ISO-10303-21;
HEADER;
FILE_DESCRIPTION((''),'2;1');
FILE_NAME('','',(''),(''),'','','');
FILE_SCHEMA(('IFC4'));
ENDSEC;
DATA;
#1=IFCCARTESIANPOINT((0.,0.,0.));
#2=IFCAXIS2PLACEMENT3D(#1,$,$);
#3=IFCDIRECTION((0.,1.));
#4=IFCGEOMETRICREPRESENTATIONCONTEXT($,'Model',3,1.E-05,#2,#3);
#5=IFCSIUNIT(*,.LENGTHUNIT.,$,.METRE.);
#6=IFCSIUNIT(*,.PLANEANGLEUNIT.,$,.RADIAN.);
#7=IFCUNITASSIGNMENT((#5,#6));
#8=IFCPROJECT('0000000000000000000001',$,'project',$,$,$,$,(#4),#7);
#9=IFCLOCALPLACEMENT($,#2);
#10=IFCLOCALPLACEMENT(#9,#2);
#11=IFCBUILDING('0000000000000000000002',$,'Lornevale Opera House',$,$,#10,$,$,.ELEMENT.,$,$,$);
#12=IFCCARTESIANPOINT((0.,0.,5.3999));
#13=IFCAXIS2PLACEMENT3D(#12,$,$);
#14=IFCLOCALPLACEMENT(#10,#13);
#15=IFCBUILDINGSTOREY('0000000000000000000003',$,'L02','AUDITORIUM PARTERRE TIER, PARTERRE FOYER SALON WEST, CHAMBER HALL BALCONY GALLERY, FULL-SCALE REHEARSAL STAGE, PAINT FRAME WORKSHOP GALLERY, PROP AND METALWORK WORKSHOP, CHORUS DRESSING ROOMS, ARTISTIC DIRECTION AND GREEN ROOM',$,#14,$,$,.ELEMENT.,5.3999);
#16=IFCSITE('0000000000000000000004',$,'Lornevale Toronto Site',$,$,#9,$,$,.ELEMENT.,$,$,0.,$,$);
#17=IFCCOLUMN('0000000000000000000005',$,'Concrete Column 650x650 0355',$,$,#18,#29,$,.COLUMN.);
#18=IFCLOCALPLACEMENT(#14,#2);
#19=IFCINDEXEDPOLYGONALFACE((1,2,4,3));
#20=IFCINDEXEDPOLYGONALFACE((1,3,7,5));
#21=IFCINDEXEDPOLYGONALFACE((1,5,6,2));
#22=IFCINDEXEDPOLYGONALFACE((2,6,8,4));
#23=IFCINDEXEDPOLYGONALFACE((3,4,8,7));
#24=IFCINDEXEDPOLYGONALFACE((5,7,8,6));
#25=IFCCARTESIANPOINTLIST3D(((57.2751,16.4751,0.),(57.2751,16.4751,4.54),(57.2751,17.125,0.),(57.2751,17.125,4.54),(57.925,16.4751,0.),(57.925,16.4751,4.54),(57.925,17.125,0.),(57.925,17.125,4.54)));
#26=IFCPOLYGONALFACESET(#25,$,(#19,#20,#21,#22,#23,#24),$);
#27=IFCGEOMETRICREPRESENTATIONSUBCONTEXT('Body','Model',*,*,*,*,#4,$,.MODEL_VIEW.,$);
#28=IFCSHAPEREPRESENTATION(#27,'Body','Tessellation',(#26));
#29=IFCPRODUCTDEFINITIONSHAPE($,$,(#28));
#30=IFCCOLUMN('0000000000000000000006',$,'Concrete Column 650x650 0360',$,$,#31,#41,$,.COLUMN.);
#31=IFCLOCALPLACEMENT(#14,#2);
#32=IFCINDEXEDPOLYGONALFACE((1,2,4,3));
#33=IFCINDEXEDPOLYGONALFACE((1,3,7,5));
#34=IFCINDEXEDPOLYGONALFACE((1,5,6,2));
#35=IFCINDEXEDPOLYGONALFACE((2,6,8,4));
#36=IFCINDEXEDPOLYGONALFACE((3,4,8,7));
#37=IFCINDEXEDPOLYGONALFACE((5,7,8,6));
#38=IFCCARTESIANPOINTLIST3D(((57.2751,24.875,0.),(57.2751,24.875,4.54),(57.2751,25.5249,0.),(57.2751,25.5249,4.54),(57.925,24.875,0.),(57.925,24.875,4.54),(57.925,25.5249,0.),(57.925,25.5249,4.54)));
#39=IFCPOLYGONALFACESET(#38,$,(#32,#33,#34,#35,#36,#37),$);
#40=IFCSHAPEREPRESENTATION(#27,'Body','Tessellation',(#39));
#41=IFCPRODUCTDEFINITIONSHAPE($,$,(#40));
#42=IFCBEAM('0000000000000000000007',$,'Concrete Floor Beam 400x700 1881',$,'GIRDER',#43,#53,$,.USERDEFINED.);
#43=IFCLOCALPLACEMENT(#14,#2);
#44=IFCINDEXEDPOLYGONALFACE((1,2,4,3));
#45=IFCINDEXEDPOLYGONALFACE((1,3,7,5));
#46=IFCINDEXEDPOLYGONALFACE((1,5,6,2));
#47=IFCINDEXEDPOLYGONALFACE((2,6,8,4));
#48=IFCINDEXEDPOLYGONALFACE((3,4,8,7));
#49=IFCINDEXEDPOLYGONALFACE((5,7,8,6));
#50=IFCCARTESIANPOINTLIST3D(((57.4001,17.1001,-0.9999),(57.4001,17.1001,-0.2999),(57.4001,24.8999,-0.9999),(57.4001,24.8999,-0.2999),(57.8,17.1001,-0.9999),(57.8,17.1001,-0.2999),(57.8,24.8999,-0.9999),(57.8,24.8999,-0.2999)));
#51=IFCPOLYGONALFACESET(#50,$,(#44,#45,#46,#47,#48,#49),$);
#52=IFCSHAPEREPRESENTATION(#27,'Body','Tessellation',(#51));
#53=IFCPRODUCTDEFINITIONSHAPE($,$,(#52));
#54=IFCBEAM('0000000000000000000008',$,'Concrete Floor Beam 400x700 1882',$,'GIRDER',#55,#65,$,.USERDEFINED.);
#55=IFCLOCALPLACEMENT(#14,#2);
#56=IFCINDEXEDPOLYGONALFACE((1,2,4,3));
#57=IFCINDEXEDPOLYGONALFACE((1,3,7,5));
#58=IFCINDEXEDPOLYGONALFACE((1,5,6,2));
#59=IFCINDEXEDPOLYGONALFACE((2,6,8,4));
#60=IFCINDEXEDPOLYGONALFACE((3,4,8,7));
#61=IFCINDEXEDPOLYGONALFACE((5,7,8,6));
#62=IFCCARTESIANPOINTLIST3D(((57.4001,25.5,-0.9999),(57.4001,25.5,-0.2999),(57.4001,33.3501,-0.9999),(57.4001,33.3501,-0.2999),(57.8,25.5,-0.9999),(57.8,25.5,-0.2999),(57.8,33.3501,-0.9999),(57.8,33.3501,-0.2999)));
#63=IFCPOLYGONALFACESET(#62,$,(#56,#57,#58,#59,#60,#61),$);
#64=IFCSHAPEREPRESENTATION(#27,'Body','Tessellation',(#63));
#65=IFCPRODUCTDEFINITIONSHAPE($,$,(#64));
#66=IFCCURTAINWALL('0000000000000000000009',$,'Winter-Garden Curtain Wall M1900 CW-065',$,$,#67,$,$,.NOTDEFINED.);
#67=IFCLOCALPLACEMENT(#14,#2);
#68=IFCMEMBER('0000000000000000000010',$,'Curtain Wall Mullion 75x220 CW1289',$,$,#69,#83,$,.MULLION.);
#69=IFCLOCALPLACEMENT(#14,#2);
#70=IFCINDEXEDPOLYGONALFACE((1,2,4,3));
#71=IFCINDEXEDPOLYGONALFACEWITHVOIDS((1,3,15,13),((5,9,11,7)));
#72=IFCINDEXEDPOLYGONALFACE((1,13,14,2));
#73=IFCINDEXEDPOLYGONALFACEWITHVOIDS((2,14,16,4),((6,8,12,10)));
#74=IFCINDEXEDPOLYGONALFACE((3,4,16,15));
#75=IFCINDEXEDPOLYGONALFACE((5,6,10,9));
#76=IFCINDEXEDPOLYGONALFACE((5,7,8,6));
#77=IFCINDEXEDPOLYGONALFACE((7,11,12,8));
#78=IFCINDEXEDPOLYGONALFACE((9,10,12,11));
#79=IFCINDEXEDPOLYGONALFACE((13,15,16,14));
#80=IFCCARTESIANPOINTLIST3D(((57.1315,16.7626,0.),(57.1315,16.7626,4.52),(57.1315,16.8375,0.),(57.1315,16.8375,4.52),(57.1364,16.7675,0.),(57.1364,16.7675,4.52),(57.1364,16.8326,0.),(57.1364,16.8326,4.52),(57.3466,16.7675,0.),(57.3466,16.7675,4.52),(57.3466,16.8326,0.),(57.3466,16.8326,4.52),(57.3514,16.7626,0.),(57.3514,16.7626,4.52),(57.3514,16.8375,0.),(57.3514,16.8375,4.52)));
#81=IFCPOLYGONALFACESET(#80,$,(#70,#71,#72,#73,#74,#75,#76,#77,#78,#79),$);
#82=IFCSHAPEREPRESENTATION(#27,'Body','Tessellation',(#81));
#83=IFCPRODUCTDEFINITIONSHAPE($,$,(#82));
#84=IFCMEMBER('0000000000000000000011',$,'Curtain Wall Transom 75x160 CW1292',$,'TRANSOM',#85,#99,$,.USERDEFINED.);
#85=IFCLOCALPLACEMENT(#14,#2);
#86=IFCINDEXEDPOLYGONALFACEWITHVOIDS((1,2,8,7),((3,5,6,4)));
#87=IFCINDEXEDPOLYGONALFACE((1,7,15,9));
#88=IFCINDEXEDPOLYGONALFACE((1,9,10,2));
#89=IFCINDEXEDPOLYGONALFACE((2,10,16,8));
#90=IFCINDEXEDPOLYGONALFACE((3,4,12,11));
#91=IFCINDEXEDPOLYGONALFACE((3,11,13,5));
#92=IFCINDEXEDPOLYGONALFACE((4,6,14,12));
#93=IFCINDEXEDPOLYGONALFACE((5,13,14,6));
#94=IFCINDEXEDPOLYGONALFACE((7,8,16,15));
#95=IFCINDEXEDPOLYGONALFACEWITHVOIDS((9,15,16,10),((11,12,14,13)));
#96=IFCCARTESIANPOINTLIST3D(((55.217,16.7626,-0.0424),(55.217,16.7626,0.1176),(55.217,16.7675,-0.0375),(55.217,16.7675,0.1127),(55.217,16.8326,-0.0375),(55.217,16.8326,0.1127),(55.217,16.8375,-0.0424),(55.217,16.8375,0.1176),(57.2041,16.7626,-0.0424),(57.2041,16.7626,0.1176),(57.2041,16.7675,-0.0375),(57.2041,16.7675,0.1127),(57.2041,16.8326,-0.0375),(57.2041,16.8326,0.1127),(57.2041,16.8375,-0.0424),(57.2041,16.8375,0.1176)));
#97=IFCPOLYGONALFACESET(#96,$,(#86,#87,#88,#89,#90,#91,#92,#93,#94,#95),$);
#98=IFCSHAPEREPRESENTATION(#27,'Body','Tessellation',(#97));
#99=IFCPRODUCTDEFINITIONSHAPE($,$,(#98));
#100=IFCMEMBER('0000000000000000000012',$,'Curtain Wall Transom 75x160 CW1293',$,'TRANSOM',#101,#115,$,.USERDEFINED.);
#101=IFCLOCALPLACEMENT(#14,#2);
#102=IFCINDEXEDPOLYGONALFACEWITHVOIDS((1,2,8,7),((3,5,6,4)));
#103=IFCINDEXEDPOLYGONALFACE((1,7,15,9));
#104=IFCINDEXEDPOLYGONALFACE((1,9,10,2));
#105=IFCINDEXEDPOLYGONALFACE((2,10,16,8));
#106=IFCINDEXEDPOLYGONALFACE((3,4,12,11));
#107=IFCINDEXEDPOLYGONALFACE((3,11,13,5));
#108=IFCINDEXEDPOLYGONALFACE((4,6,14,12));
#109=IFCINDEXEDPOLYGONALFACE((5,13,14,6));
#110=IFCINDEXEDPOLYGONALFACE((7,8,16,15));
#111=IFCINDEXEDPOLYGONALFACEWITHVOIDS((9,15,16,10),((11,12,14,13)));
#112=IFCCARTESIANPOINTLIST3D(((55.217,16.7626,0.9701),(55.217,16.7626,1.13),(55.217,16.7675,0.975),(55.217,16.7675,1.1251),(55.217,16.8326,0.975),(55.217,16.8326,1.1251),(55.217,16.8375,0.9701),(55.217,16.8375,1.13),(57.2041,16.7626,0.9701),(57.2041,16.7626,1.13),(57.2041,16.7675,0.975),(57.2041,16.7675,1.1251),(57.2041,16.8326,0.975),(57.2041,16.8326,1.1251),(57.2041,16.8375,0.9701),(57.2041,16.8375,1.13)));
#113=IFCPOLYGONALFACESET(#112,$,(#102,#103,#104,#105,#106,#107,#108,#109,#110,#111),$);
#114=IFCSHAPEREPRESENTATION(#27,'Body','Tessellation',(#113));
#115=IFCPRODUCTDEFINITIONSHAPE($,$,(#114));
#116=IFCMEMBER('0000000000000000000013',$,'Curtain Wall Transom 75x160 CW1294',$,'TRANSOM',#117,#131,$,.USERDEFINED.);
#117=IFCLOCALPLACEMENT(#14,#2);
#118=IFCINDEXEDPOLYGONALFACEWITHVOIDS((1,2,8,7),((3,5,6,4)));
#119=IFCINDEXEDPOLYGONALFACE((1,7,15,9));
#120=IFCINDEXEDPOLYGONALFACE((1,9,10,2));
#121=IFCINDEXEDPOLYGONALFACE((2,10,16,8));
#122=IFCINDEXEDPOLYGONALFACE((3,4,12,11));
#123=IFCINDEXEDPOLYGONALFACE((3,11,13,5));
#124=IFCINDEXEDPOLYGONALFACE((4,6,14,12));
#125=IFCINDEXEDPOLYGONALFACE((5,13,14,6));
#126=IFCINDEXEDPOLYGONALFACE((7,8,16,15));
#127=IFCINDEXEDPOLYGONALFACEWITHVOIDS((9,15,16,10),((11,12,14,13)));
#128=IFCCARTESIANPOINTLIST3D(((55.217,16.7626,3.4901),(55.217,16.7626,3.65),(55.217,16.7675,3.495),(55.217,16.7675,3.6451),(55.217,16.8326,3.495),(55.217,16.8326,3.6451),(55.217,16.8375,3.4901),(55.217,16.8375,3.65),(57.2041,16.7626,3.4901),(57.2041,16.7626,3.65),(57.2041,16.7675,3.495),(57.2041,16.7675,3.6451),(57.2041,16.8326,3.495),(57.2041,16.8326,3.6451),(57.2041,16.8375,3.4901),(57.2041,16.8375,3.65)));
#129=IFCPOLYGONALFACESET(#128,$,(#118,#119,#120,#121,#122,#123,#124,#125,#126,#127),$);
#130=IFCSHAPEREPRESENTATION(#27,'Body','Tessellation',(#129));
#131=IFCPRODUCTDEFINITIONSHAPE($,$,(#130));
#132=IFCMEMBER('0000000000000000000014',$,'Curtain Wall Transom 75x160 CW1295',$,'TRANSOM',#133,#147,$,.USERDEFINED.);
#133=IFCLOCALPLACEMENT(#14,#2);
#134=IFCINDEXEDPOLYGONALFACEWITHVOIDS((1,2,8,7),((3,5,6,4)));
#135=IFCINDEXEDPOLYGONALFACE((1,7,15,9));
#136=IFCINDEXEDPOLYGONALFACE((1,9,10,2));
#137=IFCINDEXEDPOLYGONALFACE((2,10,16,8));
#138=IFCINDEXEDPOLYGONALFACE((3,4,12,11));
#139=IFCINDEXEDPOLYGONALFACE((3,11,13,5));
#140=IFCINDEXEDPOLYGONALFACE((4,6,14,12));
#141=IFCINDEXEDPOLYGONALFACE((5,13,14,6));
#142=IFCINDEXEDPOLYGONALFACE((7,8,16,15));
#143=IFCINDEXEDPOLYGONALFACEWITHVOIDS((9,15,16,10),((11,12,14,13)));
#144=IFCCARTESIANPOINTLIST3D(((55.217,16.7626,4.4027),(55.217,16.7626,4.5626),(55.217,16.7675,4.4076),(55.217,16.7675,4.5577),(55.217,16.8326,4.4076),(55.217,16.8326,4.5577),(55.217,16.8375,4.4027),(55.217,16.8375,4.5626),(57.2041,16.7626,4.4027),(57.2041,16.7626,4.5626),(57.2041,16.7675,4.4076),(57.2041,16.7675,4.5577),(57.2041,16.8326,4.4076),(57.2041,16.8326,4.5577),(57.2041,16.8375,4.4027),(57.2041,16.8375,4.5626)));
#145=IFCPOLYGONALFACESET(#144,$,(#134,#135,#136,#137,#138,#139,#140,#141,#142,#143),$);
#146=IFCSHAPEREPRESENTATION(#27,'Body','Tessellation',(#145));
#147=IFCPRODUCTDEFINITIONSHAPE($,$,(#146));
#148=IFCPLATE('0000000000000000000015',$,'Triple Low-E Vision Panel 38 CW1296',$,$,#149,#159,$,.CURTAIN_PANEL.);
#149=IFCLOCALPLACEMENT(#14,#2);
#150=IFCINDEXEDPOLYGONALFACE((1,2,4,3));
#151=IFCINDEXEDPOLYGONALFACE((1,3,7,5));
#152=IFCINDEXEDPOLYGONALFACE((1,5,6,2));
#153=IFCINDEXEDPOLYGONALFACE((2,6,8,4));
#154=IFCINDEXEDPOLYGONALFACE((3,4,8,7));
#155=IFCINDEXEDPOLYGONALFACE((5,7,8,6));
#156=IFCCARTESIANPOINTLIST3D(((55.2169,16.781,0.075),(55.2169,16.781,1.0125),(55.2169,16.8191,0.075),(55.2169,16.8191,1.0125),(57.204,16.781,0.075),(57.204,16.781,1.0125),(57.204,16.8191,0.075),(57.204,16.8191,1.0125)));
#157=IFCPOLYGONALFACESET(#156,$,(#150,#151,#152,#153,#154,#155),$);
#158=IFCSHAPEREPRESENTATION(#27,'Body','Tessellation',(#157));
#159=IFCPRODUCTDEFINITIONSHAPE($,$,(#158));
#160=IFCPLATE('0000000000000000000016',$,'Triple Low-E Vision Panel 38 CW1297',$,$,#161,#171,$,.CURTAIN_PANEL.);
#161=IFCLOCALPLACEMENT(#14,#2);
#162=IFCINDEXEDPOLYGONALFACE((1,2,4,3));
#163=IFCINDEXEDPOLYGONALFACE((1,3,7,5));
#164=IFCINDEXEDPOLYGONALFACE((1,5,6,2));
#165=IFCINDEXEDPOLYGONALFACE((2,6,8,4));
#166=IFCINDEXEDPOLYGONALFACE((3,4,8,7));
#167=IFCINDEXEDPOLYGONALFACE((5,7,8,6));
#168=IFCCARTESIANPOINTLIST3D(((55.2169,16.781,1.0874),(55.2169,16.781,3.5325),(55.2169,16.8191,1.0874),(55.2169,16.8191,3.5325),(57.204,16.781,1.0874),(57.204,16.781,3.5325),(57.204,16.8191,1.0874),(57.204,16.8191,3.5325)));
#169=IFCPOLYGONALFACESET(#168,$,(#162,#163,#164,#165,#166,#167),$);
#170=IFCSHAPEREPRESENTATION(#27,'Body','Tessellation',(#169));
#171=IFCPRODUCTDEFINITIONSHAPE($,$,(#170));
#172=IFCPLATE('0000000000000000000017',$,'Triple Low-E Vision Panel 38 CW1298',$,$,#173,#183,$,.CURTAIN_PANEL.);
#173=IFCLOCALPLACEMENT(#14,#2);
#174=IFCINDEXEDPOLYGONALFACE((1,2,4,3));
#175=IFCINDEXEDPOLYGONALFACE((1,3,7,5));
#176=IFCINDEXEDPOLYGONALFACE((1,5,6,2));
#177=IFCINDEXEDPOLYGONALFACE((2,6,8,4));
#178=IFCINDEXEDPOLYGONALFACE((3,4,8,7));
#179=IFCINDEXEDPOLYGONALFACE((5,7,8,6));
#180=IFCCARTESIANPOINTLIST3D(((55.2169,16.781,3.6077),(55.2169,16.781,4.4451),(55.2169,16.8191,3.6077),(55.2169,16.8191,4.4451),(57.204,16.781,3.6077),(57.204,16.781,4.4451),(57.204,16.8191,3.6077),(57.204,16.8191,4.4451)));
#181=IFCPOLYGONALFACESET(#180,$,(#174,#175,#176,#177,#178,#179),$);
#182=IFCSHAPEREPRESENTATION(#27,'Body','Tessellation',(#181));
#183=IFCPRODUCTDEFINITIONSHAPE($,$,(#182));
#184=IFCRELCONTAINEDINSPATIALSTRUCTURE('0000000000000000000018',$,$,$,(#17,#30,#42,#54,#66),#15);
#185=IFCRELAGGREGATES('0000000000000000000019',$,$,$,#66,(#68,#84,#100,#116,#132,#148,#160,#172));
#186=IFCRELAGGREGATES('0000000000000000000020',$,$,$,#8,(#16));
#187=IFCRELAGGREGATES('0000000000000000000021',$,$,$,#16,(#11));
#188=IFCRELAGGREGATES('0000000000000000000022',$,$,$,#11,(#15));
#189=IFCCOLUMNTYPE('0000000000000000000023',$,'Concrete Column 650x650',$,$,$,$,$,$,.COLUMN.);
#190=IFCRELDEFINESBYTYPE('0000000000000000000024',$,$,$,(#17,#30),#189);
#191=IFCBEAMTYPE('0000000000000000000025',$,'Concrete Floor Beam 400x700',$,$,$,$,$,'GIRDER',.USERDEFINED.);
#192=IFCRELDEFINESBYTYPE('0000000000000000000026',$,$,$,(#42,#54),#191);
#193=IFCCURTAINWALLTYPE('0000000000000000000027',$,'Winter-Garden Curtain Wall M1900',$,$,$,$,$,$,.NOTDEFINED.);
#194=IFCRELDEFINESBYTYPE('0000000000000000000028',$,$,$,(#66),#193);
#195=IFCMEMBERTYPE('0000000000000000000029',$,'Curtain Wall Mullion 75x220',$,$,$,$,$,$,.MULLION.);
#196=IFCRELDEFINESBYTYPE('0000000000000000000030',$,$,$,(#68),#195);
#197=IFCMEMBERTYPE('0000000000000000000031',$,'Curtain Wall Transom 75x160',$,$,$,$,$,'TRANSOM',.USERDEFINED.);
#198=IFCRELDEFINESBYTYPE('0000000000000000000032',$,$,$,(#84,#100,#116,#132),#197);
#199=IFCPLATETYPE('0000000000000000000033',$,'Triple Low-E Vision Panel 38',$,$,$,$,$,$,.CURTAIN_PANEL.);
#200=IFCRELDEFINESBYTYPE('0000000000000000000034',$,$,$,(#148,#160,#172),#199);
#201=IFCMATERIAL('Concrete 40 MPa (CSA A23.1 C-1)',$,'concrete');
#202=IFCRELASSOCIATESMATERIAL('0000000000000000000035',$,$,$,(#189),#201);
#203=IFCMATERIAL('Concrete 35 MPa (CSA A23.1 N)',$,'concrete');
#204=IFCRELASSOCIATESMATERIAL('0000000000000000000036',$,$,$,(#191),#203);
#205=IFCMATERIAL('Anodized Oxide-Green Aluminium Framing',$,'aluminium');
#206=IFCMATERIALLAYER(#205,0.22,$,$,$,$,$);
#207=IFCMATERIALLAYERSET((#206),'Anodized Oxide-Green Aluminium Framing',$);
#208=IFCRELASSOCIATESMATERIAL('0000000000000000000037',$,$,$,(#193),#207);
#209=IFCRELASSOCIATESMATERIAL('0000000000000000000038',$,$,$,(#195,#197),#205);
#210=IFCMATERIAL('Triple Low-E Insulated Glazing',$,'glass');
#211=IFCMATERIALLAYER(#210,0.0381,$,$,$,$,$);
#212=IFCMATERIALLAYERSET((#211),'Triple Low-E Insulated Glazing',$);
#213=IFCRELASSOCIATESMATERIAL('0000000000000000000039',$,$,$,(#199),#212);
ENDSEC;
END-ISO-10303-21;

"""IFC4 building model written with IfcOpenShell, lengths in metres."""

from ifc_helpers import new_model, si_unit, direction, frame, origin, origin_2d, place, context, subcontext, project, spatial, rectangle, hollow_rectangle, extrude, material, layer, layer_set, material_profile, profile_set, type_object, element, aggregate, save


model = new_model("IFC4")

# Units and contexts
model_context = context("Model", 3, precision=1e-05, world=origin(), true_north=direction((0.0, 1.0)))
body_context = subcontext(model_context, "Body", "Model", "MODEL_VIEW")
ifc_project = project(units=[si_unit("LENGTHUNIT", "METRE"), si_unit("PLANEANGLEUNIT", "RADIAN")], contexts=[model_context])

# Site, building, storey
site_placement = place(None, origin())
site = spatial("IfcSite", under=ifc_project, at=site_placement, Name="Lornevale Toronto Site", CompositionType="ELEMENT", RefElevation=0.0)
building_placement = place(site_placement, origin())
building = spatial("IfcBuilding", under=site, at=building_placement, Name="Lornevale Opera House", CompositionType="ELEMENT")
storey_placement = place(building_placement, frame((0.0, 0.0, 5.3999)))
storey = spatial("IfcBuildingStorey", under=building, at=storey_placement, Name="L02", Description="AUDITORIUM PARTERRE TIER, PARTERRE FOYER SALON WEST, CHAMBER HALL BALCONY GALLERY, FULL-SCALE REHEARSAL STAGE, PAINT FRAME WORKSHOP GALLERY, PROP AND METALWORK WORKSHOP, CHORUS DRESSING ROOMS, ARTISTIC DIRECTION AND GREEN ROOM", CompositionType="ELEMENT", Elevation=5.3999)

# Columns
ifc_material_1 = material(Name="Concrete 40 MPa (CSA A23.1 C-1)", Category="concrete")
ifc_material_profile_1 = material_profile(ifc_material_1, rectangle(XDim=0.6499, YDim=0.6499, at=origin_2d()), Name="RC650x650")
ifc_profile_set_1 = profile_set([ifc_material_profile_1], Name="Concrete 40 MPa (CSA A23.1 C-1)")
column_type = type_object("IfcColumnType", Name="Concrete Column 650x650", PredefinedType="COLUMN", material=ifc_profile_set_1)
for number, where, z_axis, x_axis, name in (
    (1, (57.6001, 16.8, 0.0), (0.0, 0.0, 1.0), (1.0, 0.0, 0.0), "Concrete Column 650x650 0355"),
    (2, (57.6001, 25.2, 0.0), (0.0, 0.0, 1.0), (1.0, 0.0, 0.0), "Concrete Column 650x650 0360"),
):
    element("IfcColumn", number, at=place(storey_placement, frame(where, z_axis=z_axis, x_axis=x_axis)), inside=storey, type_object=column_type, Name=name, PredefinedType="COLUMN", context=body_context, shape_type="SweptSolid", body=[
        extrude(rectangle(XDim=0.6499, YDim=0.6499, at=origin_2d()), origin(), (0.0, 0.0, 1.0), 4.54),
    ])

# Beams
ifc_material_2 = material(Name="Concrete 35 MPa (CSA A23.1 N)", Category="concrete")
ifc_material_profile_2 = material_profile(ifc_material_2, rectangle(XDim=0.3999, YDim=0.7, at=origin_2d()), Name="RC400x700")
ifc_profile_set_2 = profile_set([ifc_material_profile_2], Name="Concrete 35 MPa (CSA A23.1 N)")
beam_type = type_object("IfcBeamType", Name="Concrete Floor Beam 400x700", ElementType="GIRDER", PredefinedType="USERDEFINED", material=ifc_profile_set_2)
beam_1_placement = place(storey_placement, frame((57.6001, 17.1001, -0.6499), z_axis=(0.0, 1.0, 0.0), x_axis=(-1.0, 0.0, 0.0)))
element("IfcBeam", 3, at=beam_1_placement, inside=storey, type_object=beam_type, Name="Concrete Floor Beam 400x700 1881", ObjectType="GIRDER", PredefinedType="USERDEFINED", context=body_context, shape_type="SweptSolid", body=[
    extrude(rectangle(XDim=0.3999, YDim=0.7, at=origin_2d()), origin(), (0.0, 0.0, 1.0), 7.7998),
])
beam_2_placement = place(storey_placement, frame((57.6001, 25.5, -0.6499), z_axis=(0.0, 1.0, 0.0), x_axis=(-1.0, 0.0, 0.0)))
element("IfcBeam", 4, at=beam_2_placement, inside=storey, type_object=beam_type, Name="Concrete Floor Beam 400x700 1882", ObjectType="GIRDER", PredefinedType="USERDEFINED", context=body_context, shape_type="SweptSolid", body=[
    extrude(rectangle(XDim=0.3999, YDim=0.7, at=origin_2d()), origin(), (0.0, 0.0, 1.0), 7.8501),
])

# Curtain wall, members, plates
ifc_material_3 = material(Name="Anodized Oxide-Green Aluminium Framing", Category="aluminium")
ifc_layer_1 = layer(ifc_material_3, 0.22)
ifc_layer_set_1 = layer_set([ifc_layer_1], Name="Anodized Oxide-Green Aluminium Framing")
curtain_wall_type = type_object("IfcCurtainWallType", Name="Winter-Garden Curtain Wall M1900", PredefinedType="NOTDEFINED", material=ifc_layer_set_1)
curtain_wall_placement = place(storey_placement, origin())
curtain_wall = element("IfcCurtainWall", 5, at=curtain_wall_placement, inside=storey, type_object=curtain_wall_type, Name="Winter-Garden Curtain Wall M1900 CW-065", PredefinedType="NOTDEFINED")
ifc_material_profile_3 = material_profile(ifc_material_3, hollow_rectangle(XDim=0.075, YDim=0.22, WallThickness=0.0049, at=origin_2d()), Name="ALU75x220x5")
ifc_profile_set_3 = profile_set([ifc_material_profile_3], Name="Anodized Oxide-Green Aluminium Framing")
member_type_1 = type_object("IfcMemberType", Name="Curtain Wall Mullion 75x220", PredefinedType="MULLION", material=ifc_profile_set_3)
member_1_placement = place(storey_placement, frame((57.2415, 16.8, 0.0), z_axis=(0.0, 0.0, 1.0), x_axis=(0.0, -1.0, 0.0)))
member_1 = element("IfcMember", 6, at=member_1_placement, type_object=member_type_1, Name="Curtain Wall Mullion 75x220 CW1289", PredefinedType="MULLION", context=body_context, shape_type="SweptSolid", body=[
    extrude(hollow_rectangle(XDim=0.075, YDim=0.22, WallThickness=0.0049, at=origin_2d()), origin(), (0.0, 0.0, 1.0), 4.52),
])
ifc_material_profile_4 = material_profile(ifc_material_3, hollow_rectangle(XDim=0.075, YDim=0.1599, WallThickness=0.0049, at=origin_2d()), Name="ALU75x160x5")
ifc_profile_set_4 = profile_set([ifc_material_profile_4], Name="Anodized Oxide-Green Aluminium Framing")
member_type_2 = type_object("IfcMemberType", Name="Curtain Wall Transom 75x160", ElementType="TRANSOM", PredefinedType="USERDEFINED", material=ifc_profile_set_4)
member_2_placement = place(storey_placement, frame((57.2041, 16.8, 0.0376), z_axis=(-1.0, 0.0, 0.0), x_axis=(0.0, -1.0, 0.0)))
member_2 = element("IfcMember", 7, at=member_2_placement, type_object=member_type_2, Name="Curtain Wall Transom 75x160 CW1292", ObjectType="TRANSOM", PredefinedType="USERDEFINED", context=body_context, shape_type="SweptSolid", body=[
    extrude(hollow_rectangle(XDim=0.075, YDim=0.1599, WallThickness=0.0049, at=origin_2d()), origin(), (0.0, 0.0, 1.0), 1.9871),
])
member_3_placement = place(storey_placement, frame((57.2041, 16.8, 1.05), z_axis=(-1.0, 0.0, 0.0), x_axis=(0.0, -1.0, 0.0)))
member_3 = element("IfcMember", 8, at=member_3_placement, type_object=member_type_2, Name="Curtain Wall Transom 75x160 CW1293", ObjectType="TRANSOM", PredefinedType="USERDEFINED", context=body_context, shape_type="SweptSolid", body=[
    extrude(hollow_rectangle(XDim=0.075, YDim=0.1599, WallThickness=0.0049, at=origin_2d()), origin(), (0.0, 0.0, 1.0), 1.9871),
])
member_4_placement = place(storey_placement, frame((57.2041, 16.8, 3.5701), z_axis=(-1.0, 0.0, 0.0), x_axis=(0.0, -1.0, 0.0)))
member_4 = element("IfcMember", 9, at=member_4_placement, type_object=member_type_2, Name="Curtain Wall Transom 75x160 CW1294", ObjectType="TRANSOM", PredefinedType="USERDEFINED", context=body_context, shape_type="SweptSolid", body=[
    extrude(hollow_rectangle(XDim=0.075, YDim=0.1599, WallThickness=0.0049, at=origin_2d()), origin(), (0.0, 0.0, 1.0), 1.9871),
])
member_5_placement = place(storey_placement, frame((57.2041, 16.8, 4.4827), z_axis=(-1.0, 0.0, 0.0), x_axis=(0.0, -1.0, 0.0)))
member_5 = element("IfcMember", 10, at=member_5_placement, type_object=member_type_2, Name="Curtain Wall Transom 75x160 CW1295", ObjectType="TRANSOM", PredefinedType="USERDEFINED", context=body_context, shape_type="SweptSolid", body=[
    extrude(hollow_rectangle(XDim=0.075, YDim=0.1599, WallThickness=0.0049, at=origin_2d()), origin(), (0.0, 0.0, 1.0), 1.9871),
])
ifc_material_4 = material(Name="Triple Low-E Insulated Glazing", Category="glass")
ifc_layer_2 = layer(ifc_material_4, 0.0381)
ifc_layer_set_2 = layer_set([ifc_layer_2], Name="Triple Low-E Insulated Glazing")
plate_type = type_object("IfcPlateType", Name="Triple Low-E Vision Panel 38", PredefinedType="CURTAIN_PANEL", material=ifc_layer_set_2)
plate_1_placement = place(storey_placement, frame((56.2104, 16.8, 0.075), z_axis=(0.0, 0.0, 1.0), x_axis=(-1.0, 0.0, 0.0)))
plate_1 = element("IfcPlate", 11, at=plate_1_placement, type_object=plate_type, Name="Triple Low-E Vision Panel 38 CW1296", PredefinedType="CURTAIN_PANEL", context=body_context, shape_type="SweptSolid", body=[
    extrude(rectangle(XDim=1.9871, YDim=0.0381, at=origin_2d()), origin(), (0.0, 0.0, 1.0), 0.9375),
])
plate_2_placement = place(storey_placement, frame((56.2104, 16.8, 1.0874), z_axis=(0.0, 0.0, 1.0), x_axis=(-1.0, 0.0, 0.0)))
plate_2 = element("IfcPlate", 12, at=plate_2_placement, type_object=plate_type, Name="Triple Low-E Vision Panel 38 CW1297", PredefinedType="CURTAIN_PANEL", context=body_context, shape_type="SweptSolid", body=[
    extrude(rectangle(XDim=1.9871, YDim=0.0381, at=origin_2d()), origin(), (0.0, 0.0, 1.0), 2.4451),
])
plate_3_placement = place(storey_placement, frame((56.2104, 16.8, 3.6077), z_axis=(0.0, 0.0, 1.0), x_axis=(-1.0, 0.0, 0.0)))
plate_3 = element("IfcPlate", 13, at=plate_3_placement, type_object=plate_type, Name="Triple Low-E Vision Panel 38 CW1298", PredefinedType="CURTAIN_PANEL", context=body_context, shape_type="SweptSolid", body=[
    extrude(rectangle(XDim=1.9871, YDim=0.0381, at=origin_2d()), origin(), (0.0, 0.0, 1.0), 0.8374),
])
aggregate(curtain_wall, [member_1, member_2, member_3, member_4, member_5, plate_1, plate_2, plate_3])

save(model, "model.ifc")
